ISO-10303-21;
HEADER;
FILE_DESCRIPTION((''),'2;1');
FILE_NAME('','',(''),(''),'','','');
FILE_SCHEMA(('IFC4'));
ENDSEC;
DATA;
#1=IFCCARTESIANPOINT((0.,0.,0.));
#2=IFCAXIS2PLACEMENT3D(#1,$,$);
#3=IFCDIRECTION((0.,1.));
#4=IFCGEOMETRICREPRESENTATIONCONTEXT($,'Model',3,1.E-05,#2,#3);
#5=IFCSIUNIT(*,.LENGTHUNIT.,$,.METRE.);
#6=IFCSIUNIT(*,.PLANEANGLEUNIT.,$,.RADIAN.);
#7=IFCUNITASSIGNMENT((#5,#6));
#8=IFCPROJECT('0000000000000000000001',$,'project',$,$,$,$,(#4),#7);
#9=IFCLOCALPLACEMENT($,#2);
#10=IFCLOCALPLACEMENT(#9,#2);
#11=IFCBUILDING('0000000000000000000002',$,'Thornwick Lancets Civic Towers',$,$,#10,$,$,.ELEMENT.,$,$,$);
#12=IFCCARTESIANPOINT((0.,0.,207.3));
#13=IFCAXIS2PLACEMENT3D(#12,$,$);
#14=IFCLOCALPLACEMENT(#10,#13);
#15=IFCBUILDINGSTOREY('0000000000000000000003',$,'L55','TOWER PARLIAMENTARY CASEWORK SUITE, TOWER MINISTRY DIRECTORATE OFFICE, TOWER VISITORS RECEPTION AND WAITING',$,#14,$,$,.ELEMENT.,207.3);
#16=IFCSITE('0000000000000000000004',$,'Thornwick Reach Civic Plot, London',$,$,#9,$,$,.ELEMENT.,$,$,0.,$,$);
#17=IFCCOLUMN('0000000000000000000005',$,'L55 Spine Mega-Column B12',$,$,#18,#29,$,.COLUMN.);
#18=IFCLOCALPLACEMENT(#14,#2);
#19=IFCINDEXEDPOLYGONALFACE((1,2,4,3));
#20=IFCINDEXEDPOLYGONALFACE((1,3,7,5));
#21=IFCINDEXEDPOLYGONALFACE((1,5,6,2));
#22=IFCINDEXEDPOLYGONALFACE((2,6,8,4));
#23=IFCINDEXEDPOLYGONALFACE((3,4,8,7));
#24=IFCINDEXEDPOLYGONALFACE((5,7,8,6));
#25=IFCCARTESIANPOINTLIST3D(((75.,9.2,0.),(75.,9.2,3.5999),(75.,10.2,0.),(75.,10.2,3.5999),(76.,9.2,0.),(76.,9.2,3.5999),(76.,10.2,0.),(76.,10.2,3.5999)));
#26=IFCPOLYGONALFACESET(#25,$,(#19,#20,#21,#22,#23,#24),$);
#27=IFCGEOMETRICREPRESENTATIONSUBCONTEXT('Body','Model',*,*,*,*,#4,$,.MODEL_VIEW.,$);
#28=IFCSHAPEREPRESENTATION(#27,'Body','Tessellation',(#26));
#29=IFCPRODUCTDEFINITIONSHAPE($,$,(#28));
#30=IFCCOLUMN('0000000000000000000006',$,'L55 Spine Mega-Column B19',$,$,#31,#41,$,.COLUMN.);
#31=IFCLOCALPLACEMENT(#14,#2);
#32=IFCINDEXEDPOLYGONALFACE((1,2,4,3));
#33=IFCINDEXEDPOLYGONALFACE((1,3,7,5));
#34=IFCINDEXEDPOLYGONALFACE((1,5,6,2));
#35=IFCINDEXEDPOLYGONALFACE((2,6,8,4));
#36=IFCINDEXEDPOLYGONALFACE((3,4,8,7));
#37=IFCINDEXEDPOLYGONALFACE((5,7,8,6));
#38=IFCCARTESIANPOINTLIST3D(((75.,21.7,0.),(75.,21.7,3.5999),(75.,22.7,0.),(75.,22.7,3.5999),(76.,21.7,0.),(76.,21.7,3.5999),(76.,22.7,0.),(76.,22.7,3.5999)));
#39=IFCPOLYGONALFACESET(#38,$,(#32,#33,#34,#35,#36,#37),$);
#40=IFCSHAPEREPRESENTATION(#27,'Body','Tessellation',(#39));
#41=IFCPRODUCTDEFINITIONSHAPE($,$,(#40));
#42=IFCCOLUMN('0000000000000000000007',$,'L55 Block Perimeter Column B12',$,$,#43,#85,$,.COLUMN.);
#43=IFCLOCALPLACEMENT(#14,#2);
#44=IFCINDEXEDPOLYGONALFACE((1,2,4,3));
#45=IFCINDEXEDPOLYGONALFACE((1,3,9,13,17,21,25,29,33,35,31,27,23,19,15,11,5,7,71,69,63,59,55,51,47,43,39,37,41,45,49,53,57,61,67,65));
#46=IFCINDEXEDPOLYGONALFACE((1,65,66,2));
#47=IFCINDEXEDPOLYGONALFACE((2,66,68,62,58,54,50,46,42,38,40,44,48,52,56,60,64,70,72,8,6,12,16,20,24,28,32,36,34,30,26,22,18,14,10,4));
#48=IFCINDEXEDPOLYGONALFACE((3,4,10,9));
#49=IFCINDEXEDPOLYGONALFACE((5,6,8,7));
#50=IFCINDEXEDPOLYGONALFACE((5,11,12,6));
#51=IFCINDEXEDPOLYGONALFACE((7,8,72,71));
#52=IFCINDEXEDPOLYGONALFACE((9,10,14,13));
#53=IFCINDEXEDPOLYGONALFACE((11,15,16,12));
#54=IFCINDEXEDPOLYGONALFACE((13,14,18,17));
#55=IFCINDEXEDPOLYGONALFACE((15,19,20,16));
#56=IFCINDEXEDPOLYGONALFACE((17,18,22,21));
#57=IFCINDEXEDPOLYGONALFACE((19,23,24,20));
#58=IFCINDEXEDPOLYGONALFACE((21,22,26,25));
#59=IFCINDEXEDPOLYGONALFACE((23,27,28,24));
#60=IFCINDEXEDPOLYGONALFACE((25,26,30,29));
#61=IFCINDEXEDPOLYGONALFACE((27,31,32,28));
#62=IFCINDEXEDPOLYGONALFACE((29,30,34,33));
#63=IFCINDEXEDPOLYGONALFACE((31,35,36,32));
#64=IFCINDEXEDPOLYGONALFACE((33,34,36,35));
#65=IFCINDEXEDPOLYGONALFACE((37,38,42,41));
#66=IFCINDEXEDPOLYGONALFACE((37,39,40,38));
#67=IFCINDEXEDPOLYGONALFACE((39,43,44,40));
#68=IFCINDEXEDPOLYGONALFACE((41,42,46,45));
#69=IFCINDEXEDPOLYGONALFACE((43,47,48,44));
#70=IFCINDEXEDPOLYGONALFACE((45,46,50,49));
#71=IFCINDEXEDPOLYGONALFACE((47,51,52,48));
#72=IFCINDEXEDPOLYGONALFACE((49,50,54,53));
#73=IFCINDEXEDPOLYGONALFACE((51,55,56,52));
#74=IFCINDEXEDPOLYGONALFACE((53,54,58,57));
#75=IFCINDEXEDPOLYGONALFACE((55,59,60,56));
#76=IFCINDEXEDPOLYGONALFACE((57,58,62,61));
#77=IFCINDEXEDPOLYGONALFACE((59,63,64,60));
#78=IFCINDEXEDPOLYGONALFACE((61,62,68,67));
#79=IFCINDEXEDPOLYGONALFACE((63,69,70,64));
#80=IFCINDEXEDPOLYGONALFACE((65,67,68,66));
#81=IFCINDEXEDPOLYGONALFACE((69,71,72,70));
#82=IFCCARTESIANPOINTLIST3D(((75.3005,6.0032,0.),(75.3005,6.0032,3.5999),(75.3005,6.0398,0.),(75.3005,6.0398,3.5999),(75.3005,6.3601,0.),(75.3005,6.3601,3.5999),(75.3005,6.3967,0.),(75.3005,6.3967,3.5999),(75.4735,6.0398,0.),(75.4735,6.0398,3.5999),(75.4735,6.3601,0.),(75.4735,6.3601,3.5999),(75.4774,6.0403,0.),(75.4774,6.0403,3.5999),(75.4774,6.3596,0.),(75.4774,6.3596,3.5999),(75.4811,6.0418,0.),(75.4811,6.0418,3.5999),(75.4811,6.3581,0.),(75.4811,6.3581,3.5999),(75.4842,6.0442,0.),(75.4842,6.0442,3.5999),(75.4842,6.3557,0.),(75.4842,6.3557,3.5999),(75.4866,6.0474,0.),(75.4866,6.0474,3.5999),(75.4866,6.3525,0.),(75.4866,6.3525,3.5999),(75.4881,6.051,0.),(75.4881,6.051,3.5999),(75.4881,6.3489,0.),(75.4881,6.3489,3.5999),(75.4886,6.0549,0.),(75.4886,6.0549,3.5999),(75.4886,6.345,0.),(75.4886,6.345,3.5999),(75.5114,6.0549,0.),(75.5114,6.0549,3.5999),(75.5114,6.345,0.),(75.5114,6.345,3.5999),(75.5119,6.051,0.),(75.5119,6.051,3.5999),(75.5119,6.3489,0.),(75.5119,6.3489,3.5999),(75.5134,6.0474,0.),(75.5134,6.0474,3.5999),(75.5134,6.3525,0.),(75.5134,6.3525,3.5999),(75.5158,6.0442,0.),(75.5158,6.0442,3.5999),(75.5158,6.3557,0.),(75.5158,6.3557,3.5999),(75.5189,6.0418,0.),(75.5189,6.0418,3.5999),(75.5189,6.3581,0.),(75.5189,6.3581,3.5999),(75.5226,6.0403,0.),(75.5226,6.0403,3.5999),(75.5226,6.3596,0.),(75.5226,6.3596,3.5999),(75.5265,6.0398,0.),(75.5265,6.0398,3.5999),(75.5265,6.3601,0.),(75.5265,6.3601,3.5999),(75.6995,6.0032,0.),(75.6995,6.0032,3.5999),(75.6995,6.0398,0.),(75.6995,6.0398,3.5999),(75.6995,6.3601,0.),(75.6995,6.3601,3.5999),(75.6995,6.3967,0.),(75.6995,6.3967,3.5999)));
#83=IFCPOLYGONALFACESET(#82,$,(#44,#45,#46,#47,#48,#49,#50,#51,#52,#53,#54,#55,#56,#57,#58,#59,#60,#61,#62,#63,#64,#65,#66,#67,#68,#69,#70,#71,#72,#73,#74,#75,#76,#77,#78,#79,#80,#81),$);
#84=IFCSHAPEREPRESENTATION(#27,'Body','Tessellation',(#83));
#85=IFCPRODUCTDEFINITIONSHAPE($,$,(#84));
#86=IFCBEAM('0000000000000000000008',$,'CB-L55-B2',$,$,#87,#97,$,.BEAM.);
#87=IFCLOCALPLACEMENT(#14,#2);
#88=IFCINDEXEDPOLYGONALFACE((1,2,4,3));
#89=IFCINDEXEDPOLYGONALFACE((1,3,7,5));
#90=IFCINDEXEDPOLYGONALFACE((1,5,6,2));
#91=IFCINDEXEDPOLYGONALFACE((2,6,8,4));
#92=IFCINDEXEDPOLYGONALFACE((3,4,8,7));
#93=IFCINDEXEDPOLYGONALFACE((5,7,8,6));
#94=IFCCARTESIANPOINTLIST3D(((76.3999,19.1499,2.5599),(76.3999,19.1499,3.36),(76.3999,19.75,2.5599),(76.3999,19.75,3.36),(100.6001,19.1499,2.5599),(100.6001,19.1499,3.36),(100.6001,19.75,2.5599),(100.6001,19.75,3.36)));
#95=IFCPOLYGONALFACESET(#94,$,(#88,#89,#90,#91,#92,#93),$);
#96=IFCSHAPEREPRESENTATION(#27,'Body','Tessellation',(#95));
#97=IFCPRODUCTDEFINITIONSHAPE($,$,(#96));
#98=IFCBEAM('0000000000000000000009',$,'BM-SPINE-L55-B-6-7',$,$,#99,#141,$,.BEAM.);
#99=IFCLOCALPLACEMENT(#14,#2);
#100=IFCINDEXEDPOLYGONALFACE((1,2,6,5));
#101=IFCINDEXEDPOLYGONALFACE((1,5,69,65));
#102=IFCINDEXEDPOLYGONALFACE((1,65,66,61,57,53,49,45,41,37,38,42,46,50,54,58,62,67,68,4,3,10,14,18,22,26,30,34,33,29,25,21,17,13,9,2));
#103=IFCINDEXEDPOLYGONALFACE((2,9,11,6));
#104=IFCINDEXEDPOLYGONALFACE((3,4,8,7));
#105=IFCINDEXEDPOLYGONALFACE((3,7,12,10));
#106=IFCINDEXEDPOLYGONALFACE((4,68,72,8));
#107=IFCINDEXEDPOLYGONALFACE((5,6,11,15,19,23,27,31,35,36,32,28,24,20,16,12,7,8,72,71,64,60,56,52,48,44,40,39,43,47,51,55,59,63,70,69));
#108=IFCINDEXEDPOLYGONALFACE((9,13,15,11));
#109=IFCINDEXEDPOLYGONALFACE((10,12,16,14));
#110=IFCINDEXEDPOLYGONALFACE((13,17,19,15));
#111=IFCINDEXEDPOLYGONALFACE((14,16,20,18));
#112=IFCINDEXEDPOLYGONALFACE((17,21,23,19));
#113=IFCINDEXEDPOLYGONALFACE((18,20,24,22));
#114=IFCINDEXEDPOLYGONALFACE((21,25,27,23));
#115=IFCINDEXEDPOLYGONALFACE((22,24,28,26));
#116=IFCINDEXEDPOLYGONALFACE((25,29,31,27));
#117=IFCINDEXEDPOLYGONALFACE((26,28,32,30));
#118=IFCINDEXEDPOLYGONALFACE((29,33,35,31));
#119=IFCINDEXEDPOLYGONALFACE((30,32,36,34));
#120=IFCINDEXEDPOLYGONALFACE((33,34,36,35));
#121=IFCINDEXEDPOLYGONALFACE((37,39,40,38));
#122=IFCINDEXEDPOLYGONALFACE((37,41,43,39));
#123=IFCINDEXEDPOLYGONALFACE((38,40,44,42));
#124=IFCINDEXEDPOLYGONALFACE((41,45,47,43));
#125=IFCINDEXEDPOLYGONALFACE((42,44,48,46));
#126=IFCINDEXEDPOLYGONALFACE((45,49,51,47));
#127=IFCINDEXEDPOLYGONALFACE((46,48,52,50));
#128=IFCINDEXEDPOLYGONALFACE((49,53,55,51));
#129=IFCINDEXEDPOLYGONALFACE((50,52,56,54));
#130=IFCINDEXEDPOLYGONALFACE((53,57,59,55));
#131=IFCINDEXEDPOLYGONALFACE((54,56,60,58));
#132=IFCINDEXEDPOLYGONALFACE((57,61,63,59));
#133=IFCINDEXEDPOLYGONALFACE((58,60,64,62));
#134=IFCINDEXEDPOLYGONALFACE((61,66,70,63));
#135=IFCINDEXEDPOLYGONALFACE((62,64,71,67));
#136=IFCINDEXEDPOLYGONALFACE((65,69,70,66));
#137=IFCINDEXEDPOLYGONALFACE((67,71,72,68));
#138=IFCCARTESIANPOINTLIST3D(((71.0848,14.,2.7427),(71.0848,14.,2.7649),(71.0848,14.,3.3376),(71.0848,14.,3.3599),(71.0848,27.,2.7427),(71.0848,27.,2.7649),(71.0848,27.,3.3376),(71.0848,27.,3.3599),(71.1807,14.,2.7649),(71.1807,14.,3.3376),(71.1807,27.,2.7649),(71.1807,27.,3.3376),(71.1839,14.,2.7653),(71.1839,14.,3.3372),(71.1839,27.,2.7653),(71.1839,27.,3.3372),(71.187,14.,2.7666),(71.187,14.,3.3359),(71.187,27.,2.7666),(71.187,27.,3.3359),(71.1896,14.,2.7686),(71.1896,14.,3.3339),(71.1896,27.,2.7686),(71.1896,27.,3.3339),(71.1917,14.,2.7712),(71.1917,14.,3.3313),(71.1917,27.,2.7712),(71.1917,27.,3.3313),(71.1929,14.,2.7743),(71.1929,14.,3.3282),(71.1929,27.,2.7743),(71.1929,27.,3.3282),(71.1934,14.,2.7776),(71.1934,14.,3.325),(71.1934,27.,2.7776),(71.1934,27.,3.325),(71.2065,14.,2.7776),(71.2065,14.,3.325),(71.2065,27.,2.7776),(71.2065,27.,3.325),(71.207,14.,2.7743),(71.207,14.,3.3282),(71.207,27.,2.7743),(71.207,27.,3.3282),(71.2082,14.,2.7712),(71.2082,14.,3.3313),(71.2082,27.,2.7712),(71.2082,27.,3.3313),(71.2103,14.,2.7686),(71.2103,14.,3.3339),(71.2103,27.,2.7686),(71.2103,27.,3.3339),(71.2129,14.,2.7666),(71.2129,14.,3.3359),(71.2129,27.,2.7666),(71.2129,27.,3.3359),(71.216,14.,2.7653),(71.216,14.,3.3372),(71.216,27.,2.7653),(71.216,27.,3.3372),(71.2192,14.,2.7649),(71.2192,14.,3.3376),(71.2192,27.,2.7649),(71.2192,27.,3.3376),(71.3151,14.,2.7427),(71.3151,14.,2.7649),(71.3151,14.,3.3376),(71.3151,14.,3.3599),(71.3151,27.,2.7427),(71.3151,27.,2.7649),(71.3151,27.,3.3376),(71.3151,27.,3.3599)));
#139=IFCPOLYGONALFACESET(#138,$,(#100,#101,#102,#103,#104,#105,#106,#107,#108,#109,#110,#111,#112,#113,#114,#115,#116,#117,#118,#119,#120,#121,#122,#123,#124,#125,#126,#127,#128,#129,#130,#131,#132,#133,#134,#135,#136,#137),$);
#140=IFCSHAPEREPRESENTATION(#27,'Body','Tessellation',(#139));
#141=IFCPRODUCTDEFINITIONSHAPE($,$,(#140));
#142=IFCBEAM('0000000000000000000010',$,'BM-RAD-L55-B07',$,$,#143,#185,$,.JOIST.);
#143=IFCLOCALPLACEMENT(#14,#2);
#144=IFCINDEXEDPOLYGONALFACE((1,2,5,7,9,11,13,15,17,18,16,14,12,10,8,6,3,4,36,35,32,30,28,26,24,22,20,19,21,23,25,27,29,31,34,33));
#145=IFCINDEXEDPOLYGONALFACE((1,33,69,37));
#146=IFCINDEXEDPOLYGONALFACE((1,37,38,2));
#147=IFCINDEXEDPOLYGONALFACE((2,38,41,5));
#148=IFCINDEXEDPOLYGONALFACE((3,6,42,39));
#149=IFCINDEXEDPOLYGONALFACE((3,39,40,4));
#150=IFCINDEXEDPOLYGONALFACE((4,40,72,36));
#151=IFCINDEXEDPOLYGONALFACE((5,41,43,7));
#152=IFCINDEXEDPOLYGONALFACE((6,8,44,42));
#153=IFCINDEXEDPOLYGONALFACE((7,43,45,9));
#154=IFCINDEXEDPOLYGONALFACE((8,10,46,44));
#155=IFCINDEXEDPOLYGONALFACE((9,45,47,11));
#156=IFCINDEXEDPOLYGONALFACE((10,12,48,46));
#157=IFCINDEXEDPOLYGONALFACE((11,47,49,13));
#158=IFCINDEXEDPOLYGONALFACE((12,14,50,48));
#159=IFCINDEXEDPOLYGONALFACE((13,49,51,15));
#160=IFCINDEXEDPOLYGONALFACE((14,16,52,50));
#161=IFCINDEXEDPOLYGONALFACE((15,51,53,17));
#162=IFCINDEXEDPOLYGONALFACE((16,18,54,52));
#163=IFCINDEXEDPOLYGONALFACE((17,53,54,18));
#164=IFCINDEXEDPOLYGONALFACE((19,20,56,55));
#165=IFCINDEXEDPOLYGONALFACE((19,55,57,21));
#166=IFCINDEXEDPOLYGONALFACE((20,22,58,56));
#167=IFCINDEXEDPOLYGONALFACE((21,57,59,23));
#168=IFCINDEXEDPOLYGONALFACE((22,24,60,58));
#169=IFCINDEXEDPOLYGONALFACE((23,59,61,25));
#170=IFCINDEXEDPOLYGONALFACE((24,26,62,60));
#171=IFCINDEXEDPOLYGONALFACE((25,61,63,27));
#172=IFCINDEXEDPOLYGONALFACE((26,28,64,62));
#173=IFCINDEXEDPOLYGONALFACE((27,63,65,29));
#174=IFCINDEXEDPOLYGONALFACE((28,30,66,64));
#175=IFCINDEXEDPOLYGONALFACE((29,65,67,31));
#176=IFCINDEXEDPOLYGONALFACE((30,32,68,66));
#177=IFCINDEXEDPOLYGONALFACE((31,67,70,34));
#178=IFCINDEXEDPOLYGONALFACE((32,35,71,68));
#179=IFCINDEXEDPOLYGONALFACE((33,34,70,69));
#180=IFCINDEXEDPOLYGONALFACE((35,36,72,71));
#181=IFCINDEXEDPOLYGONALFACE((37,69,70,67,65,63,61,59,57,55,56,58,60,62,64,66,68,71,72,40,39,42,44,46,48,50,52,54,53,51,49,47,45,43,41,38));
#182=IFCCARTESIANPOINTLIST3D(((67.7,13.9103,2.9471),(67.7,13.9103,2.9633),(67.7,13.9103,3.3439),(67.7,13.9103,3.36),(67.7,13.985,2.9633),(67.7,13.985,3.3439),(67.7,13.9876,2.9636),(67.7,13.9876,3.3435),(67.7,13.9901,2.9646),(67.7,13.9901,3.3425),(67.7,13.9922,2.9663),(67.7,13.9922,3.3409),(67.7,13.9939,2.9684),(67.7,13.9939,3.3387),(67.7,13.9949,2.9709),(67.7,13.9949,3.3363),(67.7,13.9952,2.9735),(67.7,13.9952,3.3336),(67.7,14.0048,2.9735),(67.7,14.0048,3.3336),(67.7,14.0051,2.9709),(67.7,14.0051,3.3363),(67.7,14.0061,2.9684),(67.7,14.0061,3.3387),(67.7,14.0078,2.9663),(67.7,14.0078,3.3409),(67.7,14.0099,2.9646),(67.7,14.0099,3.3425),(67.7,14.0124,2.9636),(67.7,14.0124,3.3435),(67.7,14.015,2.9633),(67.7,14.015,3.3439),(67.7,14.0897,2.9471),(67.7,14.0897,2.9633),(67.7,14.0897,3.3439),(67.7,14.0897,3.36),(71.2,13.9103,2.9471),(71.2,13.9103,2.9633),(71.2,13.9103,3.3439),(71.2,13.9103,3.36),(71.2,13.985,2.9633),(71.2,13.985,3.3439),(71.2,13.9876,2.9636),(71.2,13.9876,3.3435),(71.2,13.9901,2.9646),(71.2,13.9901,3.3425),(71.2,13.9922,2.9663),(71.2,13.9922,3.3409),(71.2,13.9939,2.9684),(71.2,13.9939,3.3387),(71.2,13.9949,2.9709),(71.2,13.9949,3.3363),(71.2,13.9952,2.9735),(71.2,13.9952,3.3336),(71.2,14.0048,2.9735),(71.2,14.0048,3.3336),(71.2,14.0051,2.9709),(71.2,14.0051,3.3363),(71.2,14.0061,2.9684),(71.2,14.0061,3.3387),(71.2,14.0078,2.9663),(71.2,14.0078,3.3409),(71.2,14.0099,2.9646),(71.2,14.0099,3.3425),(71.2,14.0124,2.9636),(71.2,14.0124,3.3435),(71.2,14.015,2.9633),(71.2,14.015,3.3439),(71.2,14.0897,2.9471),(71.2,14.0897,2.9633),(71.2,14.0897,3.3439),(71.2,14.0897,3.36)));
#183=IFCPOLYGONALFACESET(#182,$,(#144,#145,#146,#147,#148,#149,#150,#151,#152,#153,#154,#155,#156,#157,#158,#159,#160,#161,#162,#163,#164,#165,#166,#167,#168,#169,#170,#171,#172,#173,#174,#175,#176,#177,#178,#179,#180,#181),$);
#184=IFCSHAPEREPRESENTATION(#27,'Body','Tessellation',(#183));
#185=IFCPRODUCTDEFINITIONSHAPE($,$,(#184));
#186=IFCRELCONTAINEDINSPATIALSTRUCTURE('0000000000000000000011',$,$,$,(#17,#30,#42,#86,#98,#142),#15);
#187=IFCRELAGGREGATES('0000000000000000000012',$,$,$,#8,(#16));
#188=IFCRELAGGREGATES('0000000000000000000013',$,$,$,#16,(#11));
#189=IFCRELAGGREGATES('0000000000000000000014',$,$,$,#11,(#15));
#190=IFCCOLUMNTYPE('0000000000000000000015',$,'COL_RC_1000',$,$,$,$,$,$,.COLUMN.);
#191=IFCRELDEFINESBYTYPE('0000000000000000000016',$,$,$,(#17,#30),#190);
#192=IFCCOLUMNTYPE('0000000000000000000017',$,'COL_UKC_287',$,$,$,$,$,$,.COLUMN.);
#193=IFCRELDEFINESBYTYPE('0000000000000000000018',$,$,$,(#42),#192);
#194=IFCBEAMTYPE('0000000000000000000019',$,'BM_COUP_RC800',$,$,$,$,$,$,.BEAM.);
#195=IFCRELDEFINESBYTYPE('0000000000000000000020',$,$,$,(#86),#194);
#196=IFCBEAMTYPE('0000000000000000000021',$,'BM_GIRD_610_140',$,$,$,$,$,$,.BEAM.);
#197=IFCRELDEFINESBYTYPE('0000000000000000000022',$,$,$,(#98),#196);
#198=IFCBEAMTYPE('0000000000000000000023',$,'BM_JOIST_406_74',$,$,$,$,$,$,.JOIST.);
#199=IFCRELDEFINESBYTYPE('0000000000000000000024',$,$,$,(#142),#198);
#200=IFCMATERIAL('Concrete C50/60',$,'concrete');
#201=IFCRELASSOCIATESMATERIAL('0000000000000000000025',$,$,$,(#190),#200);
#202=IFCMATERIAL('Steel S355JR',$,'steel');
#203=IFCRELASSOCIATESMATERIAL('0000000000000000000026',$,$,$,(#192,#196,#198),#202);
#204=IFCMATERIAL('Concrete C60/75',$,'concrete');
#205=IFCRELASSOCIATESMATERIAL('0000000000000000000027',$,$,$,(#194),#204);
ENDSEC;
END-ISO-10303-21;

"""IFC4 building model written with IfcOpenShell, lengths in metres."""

from ifc_helpers import new_model, si_unit, direction, frame, origin, origin_2d, place, context, subcontext, project, spatial, rectangle, i_section, extrude, material, material_profile, profile_set, type_object, element, save


model = new_model("IFC4")

# Units and contexts
model_context = context("Model", 3, precision=1e-05, world=origin(), true_north=direction((0.0, 1.0)))
body_context = subcontext(model_context, "Body", "Model", "MODEL_VIEW")
ifc_project = project(units=[si_unit("LENGTHUNIT", "METRE"), si_unit("PLANEANGLEUNIT", "RADIAN")], contexts=[model_context])

# Site, building, storey
site_placement = place(None, origin())
site = spatial("IfcSite", under=ifc_project, at=site_placement, Name="Thornwick Reach Civic Plot, London", CompositionType="ELEMENT", RefElevation=0.0)
building_placement = place(site_placement, origin())
building = spatial("IfcBuilding", under=site, at=building_placement, Name="Thornwick Lancets Civic Towers", CompositionType="ELEMENT")
storey_placement = place(building_placement, frame((0.0, 0.0, 207.3)))
storey = spatial("IfcBuildingStorey", under=building, at=storey_placement, Name="L55", Description="TOWER PARLIAMENTARY CASEWORK SUITE, TOWER MINISTRY DIRECTORATE OFFICE, TOWER VISITORS RECEPTION AND WAITING", CompositionType="ELEMENT", Elevation=207.3)

# Columns
ifc_material_1 = material(Name="Concrete C50/60", Category="concrete")
ifc_material_profile_1 = material_profile(ifc_material_1, rectangle(XDim=1.0, YDim=1.0, at=origin_2d()), Name="RC 1000x1000")
ifc_profile_set_1 = profile_set([ifc_material_profile_1], Name="Concrete C50/60")
column_type_1 = type_object("IfcColumnType", Name="COL_RC_1000", PredefinedType="COLUMN", material=ifc_profile_set_1)
for number, where, z_axis, x_axis, name in (
    (1, (75.5, 9.7, 0.0), (0.0, 0.0, 1.0), (1.0, 0.0, 0.0), "L55 Spine Mega-Column B12"),
    (2, (75.5, 22.2, 0.0), (0.0, 0.0, 1.0), (1.0, 0.0, 0.0), "L55 Spine Mega-Column B19"),
):
    element("IfcColumn", number, at=place(storey_placement, frame(where, z_axis=z_axis, x_axis=x_axis)), inside=storey, type_object=column_type_1, Name=name, PredefinedType="COLUMN", context=body_context, shape_type="SweptSolid", body=[
        extrude(rectangle(XDim=1.0, YDim=1.0, at=origin_2d()), origin(), (0.0, 0.0, 1.0), 3.5999),
    ])
ifc_material_2 = material(Name="Steel S355JR", Category="steel")
ifc_material_profile_2 = material_profile(ifc_material_2, i_section(OverallWidth=0.3989, OverallDepth=0.3936, WebThickness=0.0227, FlangeThickness=0.0366, FilletRadius=0.0151, at=origin_2d()), Name="UKC 356x406x287")
ifc_profile_set_2 = profile_set([ifc_material_profile_2], Name="Steel S355JR")
column_type_2 = type_object("IfcColumnType", Name="COL_UKC_287", PredefinedType="COLUMN", material=ifc_profile_set_2)
column_placement = place(storey_placement, frame((75.5, 6.2, 0.0), z_axis=(0.0, 0.0, 1.0), x_axis=(1.0, 0.0, 0.0)))
element("IfcColumn", 3, at=column_placement, inside=storey, type_object=column_type_2, Name="L55 Block Perimeter Column B12", PredefinedType="COLUMN", context=body_context, shape_type="SweptSolid", body=[
    extrude(i_section(OverallWidth=0.3989, OverallDepth=0.3936, WebThickness=0.0227, FlangeThickness=0.0366, FilletRadius=0.0151, at=origin_2d()), origin(), (0.0, 0.0, 1.0), 3.5999),
])

# Beams
ifc_material_3 = material(Name="Concrete C60/75", Category="concrete")
ifc_material_profile_3 = material_profile(ifc_material_3, rectangle(XDim=0.6001, YDim=0.8, at=origin_2d()), Name="RC 600x800")
ifc_profile_set_3 = profile_set([ifc_material_profile_3], Name="Concrete C60/75")
beam_type_1 = type_object("IfcBeamType", Name="BM_COUP_RC800", PredefinedType="BEAM", material=ifc_profile_set_3)
beam_1_placement = place(storey_placement, frame((76.3999, 19.45, 2.96), z_axis=(1.0, 0.0, 0.0), x_axis=(0.0, 1.0, 0.0)))
element("IfcBeam", 4, at=beam_1_placement, inside=storey, type_object=beam_type_1, Name="CB-L55-B2", PredefinedType="BEAM", context=body_context, shape_type="SweptSolid", body=[
    extrude(rectangle(XDim=0.6001, YDim=0.8, at=origin_2d()), origin(), (0.0, 0.0, 1.0), 24.2002),
])
ifc_material_profile_4 = material_profile(ifc_material_2, i_section(OverallWidth=0.2302, OverallDepth=0.6172, WebThickness=0.0132, FlangeThickness=0.0222, FilletRadius=0.0127, at=origin_2d()), Name="UKB 610x229x140")
ifc_profile_set_4 = profile_set([ifc_material_profile_4], Name="Steel S355JR")
beam_type_2 = type_object("IfcBeamType", Name="BM_GIRD_610_140", PredefinedType="BEAM", material=ifc_profile_set_4)
beam_2_placement = place(storey_placement, frame((71.2, 14.0, 3.0513), z_axis=(0.0, 1.0, 0.0), x_axis=(-1.0, 0.0, 0.0)))
element("IfcBeam", 5, at=beam_2_placement, inside=storey, type_object=beam_type_2, Name="BM-SPINE-L55-B-6-7", PredefinedType="BEAM", context=body_context, shape_type="SweptSolid", body=[
    extrude(i_section(OverallWidth=0.2302, OverallDepth=0.6172, WebThickness=0.0132, FlangeThickness=0.0222, FilletRadius=0.0127, at=origin_2d()), origin(), (0.0, 0.0, 1.0), 13.0),
])
ifc_material_profile_5 = material_profile(ifc_material_2, i_section(OverallWidth=0.1794, OverallDepth=0.4128, WebThickness=0.0095, FlangeThickness=0.0161, FilletRadius=0.0103, at=origin_2d()), Name="UKB 406x178x74")
ifc_profile_set_5 = profile_set([ifc_material_profile_5], Name="Steel S355JR")
beam_type_3 = type_object("IfcBeamType", Name="BM_JOIST_406_74", PredefinedType="JOIST", material=ifc_profile_set_5)
for number, where, z_axis, x_axis, name in (
    (6, (71.2, 14.0, 3.1536), (-1.0, 0.0, 0.0), (0.0, -1.0, 0.0), "BM-RAD-L55-B07"),
):
    element("IfcBeam", number, at=place(storey_placement, frame(where, z_axis=z_axis, x_axis=x_axis)), inside=storey, type_object=beam_type_3, Name=name, PredefinedType="JOIST", context=body_context, shape_type="SweptSolid", body=[
        extrude(i_section(OverallWidth=0.1794, OverallDepth=0.4128, WebThickness=0.0095, FlangeThickness=0.0161, FilletRadius=0.0103, at=origin_2d()), origin(), (0.0, 0.0, 1.0), 3.5),
    ])

save(model, "model.ifc")
